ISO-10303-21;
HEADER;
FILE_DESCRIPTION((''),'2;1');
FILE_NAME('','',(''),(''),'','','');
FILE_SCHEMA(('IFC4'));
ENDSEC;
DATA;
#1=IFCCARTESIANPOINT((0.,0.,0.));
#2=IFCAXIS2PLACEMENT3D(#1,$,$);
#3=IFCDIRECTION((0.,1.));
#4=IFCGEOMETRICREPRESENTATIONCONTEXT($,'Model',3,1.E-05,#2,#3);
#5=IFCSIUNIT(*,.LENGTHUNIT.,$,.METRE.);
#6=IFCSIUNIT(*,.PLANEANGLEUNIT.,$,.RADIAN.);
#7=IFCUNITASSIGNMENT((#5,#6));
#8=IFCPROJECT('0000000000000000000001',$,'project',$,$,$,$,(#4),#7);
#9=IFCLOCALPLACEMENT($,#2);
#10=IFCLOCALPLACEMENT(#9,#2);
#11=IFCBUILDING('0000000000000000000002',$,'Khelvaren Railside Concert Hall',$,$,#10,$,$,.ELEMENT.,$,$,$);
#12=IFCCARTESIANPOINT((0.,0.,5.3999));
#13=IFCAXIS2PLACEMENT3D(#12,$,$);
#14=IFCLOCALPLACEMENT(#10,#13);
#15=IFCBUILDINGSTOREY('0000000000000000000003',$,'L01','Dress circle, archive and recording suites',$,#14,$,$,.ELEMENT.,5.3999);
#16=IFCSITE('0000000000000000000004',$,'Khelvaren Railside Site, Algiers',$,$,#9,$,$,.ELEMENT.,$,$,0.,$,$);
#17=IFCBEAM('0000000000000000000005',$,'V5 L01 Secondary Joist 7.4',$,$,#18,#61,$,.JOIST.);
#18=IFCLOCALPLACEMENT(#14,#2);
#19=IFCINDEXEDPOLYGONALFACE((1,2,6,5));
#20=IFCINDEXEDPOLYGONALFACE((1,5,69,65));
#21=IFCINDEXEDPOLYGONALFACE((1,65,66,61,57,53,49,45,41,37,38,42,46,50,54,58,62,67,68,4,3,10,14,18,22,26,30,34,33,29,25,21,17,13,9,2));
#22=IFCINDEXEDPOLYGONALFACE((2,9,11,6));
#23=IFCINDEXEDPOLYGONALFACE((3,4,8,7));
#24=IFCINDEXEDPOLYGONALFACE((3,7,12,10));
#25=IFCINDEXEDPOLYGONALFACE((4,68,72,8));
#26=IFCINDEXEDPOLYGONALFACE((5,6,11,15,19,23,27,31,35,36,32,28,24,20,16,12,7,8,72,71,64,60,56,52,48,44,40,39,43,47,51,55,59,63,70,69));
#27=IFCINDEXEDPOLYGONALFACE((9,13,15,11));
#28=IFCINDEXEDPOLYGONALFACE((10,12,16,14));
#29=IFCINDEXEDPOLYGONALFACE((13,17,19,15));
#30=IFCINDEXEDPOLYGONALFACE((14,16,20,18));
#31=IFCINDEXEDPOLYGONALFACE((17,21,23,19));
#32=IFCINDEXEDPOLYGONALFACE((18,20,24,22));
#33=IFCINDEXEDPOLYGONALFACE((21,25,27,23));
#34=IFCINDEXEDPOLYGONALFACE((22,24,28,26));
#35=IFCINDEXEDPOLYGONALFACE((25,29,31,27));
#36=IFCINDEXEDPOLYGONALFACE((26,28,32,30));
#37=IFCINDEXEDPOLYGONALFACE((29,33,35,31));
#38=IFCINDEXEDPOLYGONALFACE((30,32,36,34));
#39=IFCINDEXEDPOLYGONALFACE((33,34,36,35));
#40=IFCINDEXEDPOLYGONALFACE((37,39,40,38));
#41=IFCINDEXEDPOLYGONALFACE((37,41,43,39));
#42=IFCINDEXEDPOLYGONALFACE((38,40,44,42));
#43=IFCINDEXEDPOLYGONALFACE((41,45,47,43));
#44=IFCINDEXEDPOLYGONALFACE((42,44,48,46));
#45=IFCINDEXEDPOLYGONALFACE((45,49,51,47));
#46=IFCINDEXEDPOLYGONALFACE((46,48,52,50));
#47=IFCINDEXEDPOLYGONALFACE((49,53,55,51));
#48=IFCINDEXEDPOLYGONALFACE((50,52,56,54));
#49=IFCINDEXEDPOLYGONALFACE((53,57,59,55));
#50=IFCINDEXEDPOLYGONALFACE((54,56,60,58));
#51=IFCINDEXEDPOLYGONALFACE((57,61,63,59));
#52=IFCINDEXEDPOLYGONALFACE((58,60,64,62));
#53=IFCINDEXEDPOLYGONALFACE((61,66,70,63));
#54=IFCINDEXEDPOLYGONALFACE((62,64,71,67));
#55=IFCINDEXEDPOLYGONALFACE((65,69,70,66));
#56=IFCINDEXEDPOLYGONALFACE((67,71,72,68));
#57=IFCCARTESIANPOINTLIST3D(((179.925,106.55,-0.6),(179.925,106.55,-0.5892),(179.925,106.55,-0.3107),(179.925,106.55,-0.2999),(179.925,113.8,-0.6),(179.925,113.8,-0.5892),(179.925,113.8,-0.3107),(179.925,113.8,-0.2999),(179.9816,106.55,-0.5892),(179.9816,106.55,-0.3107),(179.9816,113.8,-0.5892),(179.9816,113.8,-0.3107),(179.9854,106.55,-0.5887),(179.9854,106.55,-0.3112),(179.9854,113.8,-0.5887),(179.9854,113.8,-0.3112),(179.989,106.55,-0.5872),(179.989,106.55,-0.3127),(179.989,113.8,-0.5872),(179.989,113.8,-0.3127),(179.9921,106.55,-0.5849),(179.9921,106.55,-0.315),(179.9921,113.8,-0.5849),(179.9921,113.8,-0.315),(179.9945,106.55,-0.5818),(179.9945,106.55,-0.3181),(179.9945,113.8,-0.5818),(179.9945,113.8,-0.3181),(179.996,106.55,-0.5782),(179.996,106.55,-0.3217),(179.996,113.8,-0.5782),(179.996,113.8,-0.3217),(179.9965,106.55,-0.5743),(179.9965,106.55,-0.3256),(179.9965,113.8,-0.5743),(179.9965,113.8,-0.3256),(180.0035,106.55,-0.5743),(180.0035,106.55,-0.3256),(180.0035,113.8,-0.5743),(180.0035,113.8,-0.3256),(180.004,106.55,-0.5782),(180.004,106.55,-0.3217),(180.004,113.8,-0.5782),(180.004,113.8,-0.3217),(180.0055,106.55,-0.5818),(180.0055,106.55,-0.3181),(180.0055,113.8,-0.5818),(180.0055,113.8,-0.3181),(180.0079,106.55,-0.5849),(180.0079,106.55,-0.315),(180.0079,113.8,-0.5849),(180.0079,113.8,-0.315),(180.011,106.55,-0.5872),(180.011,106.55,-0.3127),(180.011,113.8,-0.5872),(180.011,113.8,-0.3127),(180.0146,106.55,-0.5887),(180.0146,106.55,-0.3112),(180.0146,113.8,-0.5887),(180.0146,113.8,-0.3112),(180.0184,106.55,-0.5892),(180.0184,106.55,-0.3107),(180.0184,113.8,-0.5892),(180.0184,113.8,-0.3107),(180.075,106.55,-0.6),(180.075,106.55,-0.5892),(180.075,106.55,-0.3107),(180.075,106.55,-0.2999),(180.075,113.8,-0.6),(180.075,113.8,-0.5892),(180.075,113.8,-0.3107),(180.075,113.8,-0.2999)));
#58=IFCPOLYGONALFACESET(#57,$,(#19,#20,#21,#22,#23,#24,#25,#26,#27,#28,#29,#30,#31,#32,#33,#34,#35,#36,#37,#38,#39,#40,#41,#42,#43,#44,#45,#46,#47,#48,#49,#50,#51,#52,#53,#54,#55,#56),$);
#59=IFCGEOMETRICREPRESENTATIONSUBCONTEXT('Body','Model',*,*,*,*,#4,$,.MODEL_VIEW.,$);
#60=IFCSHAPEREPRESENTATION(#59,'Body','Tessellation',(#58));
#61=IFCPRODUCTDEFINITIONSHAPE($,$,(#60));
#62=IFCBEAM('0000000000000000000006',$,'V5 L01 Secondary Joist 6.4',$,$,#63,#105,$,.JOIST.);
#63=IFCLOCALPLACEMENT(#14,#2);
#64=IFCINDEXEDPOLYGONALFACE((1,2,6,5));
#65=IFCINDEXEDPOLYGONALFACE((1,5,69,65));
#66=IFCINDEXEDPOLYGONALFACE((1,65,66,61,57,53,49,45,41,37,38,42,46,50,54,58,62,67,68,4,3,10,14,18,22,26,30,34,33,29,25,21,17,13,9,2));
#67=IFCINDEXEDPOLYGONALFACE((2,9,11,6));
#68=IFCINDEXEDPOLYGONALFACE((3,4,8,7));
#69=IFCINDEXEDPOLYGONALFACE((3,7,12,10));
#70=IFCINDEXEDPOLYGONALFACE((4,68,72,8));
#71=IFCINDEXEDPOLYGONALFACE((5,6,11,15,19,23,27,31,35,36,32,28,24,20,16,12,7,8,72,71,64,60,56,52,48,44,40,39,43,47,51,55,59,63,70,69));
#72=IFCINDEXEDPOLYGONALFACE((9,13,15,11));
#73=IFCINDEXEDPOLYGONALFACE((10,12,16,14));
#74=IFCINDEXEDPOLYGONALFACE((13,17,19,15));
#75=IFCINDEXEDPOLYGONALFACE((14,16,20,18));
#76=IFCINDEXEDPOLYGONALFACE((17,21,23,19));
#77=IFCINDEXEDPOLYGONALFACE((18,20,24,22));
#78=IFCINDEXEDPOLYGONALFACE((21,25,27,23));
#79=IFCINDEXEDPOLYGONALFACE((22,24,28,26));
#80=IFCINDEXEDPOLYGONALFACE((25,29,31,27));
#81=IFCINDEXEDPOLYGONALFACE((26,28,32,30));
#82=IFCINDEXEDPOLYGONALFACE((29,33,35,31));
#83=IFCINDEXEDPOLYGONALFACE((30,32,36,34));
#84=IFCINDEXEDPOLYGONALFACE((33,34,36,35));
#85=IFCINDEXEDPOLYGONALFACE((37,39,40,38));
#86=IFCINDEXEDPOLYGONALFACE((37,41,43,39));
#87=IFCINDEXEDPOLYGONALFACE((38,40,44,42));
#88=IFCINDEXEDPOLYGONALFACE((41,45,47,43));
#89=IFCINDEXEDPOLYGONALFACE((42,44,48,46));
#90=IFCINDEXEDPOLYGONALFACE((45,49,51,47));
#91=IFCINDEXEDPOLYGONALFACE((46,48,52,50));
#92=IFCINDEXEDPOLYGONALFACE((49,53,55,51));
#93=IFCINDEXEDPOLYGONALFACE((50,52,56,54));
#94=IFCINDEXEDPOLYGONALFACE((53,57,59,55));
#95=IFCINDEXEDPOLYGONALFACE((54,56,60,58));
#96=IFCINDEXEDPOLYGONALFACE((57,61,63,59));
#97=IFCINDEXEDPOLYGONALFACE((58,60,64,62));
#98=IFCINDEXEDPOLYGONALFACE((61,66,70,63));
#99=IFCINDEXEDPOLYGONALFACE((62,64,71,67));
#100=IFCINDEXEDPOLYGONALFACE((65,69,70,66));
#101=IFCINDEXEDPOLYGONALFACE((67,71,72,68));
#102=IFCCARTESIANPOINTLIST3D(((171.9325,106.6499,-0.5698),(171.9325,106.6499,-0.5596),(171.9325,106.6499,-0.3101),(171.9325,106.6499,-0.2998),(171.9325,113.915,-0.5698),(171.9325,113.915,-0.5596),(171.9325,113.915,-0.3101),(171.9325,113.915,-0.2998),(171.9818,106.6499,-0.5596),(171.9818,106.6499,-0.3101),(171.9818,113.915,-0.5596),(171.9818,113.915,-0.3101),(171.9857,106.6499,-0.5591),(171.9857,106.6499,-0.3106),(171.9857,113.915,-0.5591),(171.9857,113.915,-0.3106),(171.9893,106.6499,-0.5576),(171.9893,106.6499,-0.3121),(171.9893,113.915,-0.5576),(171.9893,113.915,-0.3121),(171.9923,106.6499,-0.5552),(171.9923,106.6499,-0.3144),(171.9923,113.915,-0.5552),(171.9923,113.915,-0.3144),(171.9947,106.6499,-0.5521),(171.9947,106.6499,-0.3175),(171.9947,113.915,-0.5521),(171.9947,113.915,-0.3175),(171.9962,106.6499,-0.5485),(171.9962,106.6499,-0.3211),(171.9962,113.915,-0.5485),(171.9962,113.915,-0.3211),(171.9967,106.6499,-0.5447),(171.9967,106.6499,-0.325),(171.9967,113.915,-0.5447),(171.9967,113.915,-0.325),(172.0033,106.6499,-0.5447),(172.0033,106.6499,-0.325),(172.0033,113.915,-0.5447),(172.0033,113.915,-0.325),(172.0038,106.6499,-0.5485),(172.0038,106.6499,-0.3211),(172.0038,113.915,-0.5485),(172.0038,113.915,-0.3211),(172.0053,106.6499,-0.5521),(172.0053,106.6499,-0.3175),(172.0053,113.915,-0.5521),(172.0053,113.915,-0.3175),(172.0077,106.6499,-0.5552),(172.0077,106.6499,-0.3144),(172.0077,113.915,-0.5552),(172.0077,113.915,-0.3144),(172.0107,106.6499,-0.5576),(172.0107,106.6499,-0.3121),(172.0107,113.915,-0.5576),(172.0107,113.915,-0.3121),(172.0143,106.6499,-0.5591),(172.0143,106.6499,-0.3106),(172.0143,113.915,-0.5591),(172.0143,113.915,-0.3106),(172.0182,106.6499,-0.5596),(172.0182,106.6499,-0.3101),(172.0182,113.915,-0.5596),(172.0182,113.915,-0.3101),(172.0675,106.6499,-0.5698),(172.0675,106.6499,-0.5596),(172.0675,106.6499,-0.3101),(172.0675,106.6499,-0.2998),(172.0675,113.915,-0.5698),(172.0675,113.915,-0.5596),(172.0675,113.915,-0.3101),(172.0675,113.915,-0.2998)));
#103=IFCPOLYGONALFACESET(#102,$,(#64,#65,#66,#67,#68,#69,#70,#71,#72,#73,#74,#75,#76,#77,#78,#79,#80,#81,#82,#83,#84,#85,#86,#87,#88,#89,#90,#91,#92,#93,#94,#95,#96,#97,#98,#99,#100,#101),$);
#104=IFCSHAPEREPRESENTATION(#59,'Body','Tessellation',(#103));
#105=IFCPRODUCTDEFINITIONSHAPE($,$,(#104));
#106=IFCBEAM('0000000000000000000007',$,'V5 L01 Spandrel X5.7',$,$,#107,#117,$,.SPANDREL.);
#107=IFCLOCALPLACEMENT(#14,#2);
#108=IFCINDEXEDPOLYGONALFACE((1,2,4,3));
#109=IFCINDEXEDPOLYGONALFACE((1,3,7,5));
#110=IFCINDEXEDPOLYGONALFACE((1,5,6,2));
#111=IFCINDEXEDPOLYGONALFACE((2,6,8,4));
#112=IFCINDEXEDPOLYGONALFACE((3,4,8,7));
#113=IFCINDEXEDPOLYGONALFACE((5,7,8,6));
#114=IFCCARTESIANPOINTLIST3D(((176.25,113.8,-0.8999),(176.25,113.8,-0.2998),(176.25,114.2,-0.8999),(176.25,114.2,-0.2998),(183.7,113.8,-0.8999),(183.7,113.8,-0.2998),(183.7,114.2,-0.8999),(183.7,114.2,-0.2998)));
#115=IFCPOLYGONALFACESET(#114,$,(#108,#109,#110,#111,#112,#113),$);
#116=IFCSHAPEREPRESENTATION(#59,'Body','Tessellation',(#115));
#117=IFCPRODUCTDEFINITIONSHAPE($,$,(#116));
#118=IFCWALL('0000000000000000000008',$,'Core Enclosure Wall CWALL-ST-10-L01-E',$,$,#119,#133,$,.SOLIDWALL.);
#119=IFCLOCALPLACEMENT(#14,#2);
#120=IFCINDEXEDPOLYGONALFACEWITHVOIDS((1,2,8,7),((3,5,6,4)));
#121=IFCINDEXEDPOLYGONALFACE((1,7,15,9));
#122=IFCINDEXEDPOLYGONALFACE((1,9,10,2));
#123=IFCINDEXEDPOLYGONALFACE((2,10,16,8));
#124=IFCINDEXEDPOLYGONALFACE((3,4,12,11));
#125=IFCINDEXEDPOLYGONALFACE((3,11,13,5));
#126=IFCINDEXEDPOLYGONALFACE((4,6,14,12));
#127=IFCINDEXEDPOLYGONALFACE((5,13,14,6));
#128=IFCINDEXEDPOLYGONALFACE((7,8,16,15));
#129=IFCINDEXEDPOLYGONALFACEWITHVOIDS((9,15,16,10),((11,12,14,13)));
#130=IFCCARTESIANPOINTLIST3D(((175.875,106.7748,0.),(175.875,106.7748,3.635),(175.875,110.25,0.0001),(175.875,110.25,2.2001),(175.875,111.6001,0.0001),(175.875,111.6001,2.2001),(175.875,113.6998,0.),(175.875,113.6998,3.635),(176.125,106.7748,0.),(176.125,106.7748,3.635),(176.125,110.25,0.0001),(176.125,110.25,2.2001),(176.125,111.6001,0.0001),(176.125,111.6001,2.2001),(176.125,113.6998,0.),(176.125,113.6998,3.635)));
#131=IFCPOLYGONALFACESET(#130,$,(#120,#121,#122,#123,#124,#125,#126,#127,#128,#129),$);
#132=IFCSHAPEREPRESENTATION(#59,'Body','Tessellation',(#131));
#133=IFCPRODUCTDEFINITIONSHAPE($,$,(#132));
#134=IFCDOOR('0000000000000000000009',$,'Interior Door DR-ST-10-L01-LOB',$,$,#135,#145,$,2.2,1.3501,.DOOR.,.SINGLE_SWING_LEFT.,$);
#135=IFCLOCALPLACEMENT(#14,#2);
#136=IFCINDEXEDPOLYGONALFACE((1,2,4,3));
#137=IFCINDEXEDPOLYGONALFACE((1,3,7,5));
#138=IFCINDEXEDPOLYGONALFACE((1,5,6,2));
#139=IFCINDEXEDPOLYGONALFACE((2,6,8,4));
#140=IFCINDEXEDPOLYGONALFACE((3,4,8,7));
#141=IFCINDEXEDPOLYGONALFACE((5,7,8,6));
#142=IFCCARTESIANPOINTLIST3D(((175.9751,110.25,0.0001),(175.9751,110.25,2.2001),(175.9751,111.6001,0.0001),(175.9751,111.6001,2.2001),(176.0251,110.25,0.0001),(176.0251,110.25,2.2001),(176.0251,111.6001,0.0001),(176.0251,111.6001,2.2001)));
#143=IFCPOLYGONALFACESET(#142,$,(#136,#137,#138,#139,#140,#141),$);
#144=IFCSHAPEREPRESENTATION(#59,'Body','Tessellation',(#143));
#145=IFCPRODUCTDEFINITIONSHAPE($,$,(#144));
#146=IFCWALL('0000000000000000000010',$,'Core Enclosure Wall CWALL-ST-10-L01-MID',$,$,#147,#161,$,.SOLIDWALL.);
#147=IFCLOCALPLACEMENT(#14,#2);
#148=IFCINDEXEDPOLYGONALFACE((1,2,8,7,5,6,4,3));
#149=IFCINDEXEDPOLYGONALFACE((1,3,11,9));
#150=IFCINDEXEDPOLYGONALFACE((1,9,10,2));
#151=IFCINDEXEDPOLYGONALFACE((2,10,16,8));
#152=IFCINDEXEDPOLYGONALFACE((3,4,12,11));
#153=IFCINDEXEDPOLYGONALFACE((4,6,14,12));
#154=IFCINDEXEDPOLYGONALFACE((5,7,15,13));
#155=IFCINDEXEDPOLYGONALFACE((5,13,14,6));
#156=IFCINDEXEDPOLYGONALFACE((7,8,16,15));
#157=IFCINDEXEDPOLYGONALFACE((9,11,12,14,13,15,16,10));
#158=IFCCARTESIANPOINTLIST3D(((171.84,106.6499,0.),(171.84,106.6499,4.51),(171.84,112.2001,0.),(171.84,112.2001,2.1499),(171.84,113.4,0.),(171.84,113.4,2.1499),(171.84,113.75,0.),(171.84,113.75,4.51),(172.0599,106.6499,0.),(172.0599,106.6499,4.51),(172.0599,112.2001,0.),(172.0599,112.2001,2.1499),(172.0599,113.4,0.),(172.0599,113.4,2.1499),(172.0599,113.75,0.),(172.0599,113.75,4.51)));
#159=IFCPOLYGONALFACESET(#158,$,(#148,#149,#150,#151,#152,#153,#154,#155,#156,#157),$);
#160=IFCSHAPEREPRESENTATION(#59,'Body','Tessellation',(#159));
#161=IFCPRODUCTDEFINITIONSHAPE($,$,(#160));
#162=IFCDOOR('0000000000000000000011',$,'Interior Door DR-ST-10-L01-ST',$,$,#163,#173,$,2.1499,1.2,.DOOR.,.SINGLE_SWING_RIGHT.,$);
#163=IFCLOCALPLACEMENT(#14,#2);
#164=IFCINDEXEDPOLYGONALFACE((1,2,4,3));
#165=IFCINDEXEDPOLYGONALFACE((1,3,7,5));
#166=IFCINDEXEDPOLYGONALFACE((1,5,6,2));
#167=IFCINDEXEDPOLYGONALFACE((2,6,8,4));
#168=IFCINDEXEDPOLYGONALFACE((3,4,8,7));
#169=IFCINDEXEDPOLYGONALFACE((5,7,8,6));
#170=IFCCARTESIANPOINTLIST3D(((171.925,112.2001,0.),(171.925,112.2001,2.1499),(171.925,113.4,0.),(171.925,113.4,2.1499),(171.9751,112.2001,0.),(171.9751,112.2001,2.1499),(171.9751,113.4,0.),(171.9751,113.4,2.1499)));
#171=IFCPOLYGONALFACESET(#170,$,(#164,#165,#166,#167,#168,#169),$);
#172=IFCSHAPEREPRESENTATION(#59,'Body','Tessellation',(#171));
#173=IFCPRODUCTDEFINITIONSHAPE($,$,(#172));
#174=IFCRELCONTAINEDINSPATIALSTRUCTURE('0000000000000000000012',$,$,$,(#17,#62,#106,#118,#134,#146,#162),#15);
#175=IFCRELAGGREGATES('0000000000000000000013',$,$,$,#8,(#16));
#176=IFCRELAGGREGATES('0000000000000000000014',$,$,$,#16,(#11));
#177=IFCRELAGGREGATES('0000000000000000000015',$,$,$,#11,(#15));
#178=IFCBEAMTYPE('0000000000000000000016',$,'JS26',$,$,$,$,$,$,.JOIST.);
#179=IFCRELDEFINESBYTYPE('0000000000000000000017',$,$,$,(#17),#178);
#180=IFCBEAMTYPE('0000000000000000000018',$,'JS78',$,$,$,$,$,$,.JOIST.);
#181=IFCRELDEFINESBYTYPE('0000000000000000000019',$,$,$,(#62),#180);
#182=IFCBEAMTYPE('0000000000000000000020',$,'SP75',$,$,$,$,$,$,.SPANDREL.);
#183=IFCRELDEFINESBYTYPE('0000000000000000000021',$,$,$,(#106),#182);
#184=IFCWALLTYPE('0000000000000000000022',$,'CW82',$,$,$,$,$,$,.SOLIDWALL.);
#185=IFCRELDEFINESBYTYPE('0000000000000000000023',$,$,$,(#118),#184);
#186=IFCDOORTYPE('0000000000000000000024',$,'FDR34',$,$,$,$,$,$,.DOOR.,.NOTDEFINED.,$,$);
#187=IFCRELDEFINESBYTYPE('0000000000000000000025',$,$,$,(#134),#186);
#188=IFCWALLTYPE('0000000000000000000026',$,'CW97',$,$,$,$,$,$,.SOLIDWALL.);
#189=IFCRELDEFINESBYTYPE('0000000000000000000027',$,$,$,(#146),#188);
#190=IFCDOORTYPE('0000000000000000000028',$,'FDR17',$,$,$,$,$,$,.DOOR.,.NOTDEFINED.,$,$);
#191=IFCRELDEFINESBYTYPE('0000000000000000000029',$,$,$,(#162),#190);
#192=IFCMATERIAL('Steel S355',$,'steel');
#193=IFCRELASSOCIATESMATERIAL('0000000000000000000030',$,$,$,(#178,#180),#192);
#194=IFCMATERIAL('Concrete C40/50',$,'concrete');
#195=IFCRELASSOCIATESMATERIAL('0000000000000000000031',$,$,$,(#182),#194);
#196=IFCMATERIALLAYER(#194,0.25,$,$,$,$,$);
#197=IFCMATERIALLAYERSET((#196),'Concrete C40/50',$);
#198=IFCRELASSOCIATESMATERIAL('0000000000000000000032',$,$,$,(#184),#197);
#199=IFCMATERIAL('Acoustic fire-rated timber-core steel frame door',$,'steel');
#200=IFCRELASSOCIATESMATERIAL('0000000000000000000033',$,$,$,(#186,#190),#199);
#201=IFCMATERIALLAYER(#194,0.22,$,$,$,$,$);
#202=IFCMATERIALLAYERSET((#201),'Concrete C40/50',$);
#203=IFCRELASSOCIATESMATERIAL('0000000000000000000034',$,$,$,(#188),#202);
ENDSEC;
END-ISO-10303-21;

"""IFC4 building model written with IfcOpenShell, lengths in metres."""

from ifc_helpers import new_model, si_unit, direction, frame, frame_2d, origin, origin_2d, place, context, subcontext, project, spatial, rectangle, i_section, extrude, material, layer, layer_set, material_profile, profile_set, type_object, element, fill, save


model = new_model("IFC4")

# Units and contexts
model_context = context("Model", 3, precision=1e-05, world=origin(), true_north=direction((0.0, 1.0)))
body_context = subcontext(model_context, "Body", "Model", "MODEL_VIEW")
ifc_project = project(units=[si_unit("LENGTHUNIT", "METRE"), si_unit("PLANEANGLEUNIT", "RADIAN")], contexts=[model_context])

# Site, building, storey
site_placement = place(None, origin())
site = spatial("IfcSite", under=ifc_project, at=site_placement, Name="Khelvaren Railside Site, Algiers", CompositionType="ELEMENT", RefElevation=0.0)
building_placement = place(site_placement, origin())
building = spatial("IfcBuilding", under=site, at=building_placement, Name="Khelvaren Railside Concert Hall", CompositionType="ELEMENT")
storey_placement = place(building_placement, frame((0.0, 0.0, 5.3999)))
storey = spatial("IfcBuildingStorey", under=building, at=storey_placement, Name="L01", Description="Dress circle, archive and recording suites", CompositionType="ELEMENT", Elevation=5.3999)

# Beams
ifc_material_1 = material(Name="Steel S355", Category="steel")
ifc_material_profile_1 = material_profile(ifc_material_1, i_section(OverallWidth=0.1499, OverallDepth=0.3, WebThickness=0.0071, FlangeThickness=0.0107, FilletRadius=0.0149, at=origin_2d()), Name="IPE 300")
ifc_profile_set_1 = profile_set([ifc_material_profile_1], Name="Steel S355")
beam_type_1 = type_object("IfcBeamType", Name="JS26", PredefinedType="JOIST", material=ifc_profile_set_1)
beam_1_placement = place(storey_placement, frame((180.0, 106.55, -0.45), z_axis=(0.0, 1.0, 0.0), x_axis=(-1.0, 0.0, 0.0)))
element("IfcBeam", 1, at=beam_1_placement, inside=storey, type_object=beam_type_1, Name="V5 L01 Secondary Joist 7.4", PredefinedType="JOIST", context=body_context, shape_type="SweptSolid", body=[
    extrude(i_section(OverallWidth=0.1499, OverallDepth=0.3, WebThickness=0.0071, FlangeThickness=0.0107, FilletRadius=0.0149, at=origin_2d()), origin(), (0.0, 0.0, 1.0), 7.25),
])
ifc_material_profile_2 = material_profile(ifc_material_1, i_section(OverallWidth=0.135, OverallDepth=0.27, WebThickness=0.0066, FlangeThickness=0.0103, FilletRadius=0.0149, at=origin_2d()), Name="IPE 270")
ifc_profile_set_2 = profile_set([ifc_material_profile_2], Name="Steel S355")
beam_type_2 = type_object("IfcBeamType", Name="JS78", PredefinedType="JOIST", material=ifc_profile_set_2)
beam_2_placement = place(storey_placement, frame((172.0, 106.6499, -0.4348), z_axis=(0.0, 1.0, 0.0), x_axis=(-1.0, 0.0, 0.0)))
element("IfcBeam", 2, at=beam_2_placement, inside=storey, type_object=beam_type_2, Name="V5 L01 Secondary Joist 6.4", PredefinedType="JOIST", context=body_context, shape_type="SweptSolid", body=[
    extrude(i_section(OverallWidth=0.135, OverallDepth=0.27, WebThickness=0.0066, FlangeThickness=0.0103, FilletRadius=0.0149, at=origin_2d()), origin(), (0.0, 0.0, 1.0), 7.2651),
])
ifc_material_2 = material(Name="Concrete C40/50", Category="concrete")
ifc_material_profile_3 = material_profile(ifc_material_2, rectangle(XDim=0.3999, YDim=0.6001, at=origin_2d()), Name="RCB 400x600")
ifc_profile_set_3 = profile_set([ifc_material_profile_3], Name="Concrete C40/50")
beam_type_3 = type_object("IfcBeamType", Name="SP75", PredefinedType="SPANDREL", material=ifc_profile_set_3)
beam_3_placement = place(storey_placement, frame((176.25, 114.0, -0.5999), z_axis=(1.0, 0.0, 0.0), x_axis=(0.0, 1.0, 0.0)))
element("IfcBeam", 3, at=beam_3_placement, inside=storey, type_object=beam_type_3, Name="V5 L01 Spandrel X5.7", PredefinedType="SPANDREL", context=body_context, shape_type="SweptSolid", body=[
    extrude(rectangle(XDim=0.3999, YDim=0.6001, at=origin_2d()), origin(), (0.0, 0.0, 1.0), 7.45),
])

# Walls, openings, doors
ifc_layer_1 = layer(ifc_material_2, 0.25)
ifc_layer_set_1 = layer_set([ifc_layer_1], Name="Concrete C40/50")
wall_type_1 = type_object("IfcWallType", Name="CW82", PredefinedType="SOLIDWALL", material=ifc_layer_set_1)
wall_1_placement = place(storey_placement, frame((176.0, 106.7749, 0.0), z_axis=(0.0, 0.0, 1.0), x_axis=(0.0, 1.0, 0.0)))
wall_1 = element("IfcWall", 4, at=wall_1_placement, inside=storey, type_object=wall_type_1, Name="Core Enclosure Wall CWALL-ST-10-L01-E", PredefinedType="SOLIDWALL", context=body_context, shape_type="SweptSolid", body=[
    extrude(rectangle(XDim=6.925, YDim=0.25, at=frame_2d((3.4624, 0.0))), origin(), (0.0, 0.0, 1.0), 3.635),
])
opening_1_placement = place(wall_1_placement, frame((3.4751, 0.0, 0.0)))
opening_1 = element("IfcOpeningElement", 5, at=opening_1_placement, cuts=wall_1, PredefinedType="OPENING", context=body_context, shape_type="SweptSolid", body=[
    extrude(rectangle(XDim=1.3501, YDim=2.2, at=frame_2d((0.675, 1.1001))), frame((0.0, 0.135, 0.0), z_axis=(0.0, -1.0, 0.0), x_axis=(1.0, 0.0, 0.0)), (0.0, 0.0, 1.0), 0.27),
])
ifc_material_3 = material(Name="Acoustic fire-rated timber-core steel frame door", Category="steel")
door_type_1 = type_object("IfcDoorType", Name="FDR34", OperationType="NOTDEFINED", PredefinedType="DOOR", material=ifc_material_3)
door_1_placement = place(opening_1_placement, origin())
door_1 = element("IfcDoor", 6, at=door_1_placement, inside=storey, type_object=door_type_1, Name="Interior Door DR-ST-10-L01-LOB", OperationType="SINGLE_SWING_LEFT", OverallHeight=2.2, OverallWidth=1.3501, PredefinedType="DOOR", context=body_context, shape_type="SweptSolid", body=[
    extrude(rectangle(XDim=1.3501, YDim=2.2, at=frame_2d((0.675, 1.1001))), frame((0.0, 0.0249, 0.0), z_axis=(0.0, -1.0, 0.0), x_axis=(1.0, 0.0, 0.0)), (0.0, 0.0, 1.0), 0.05),
])
fill(opening_1, door_1)
ifc_layer_2 = layer(ifc_material_2, 0.22)
ifc_layer_set_2 = layer_set([ifc_layer_2], Name="Concrete C40/50")
wall_type_2 = type_object("IfcWallType", Name="CW97", PredefinedType="SOLIDWALL", material=ifc_layer_set_2)
wall_2_placement = place(storey_placement, frame((171.95, 106.6499, 0.0), z_axis=(0.0, 0.0, 1.0), x_axis=(0.0, 1.0, 0.0)))
wall_2 = element("IfcWall", 7, at=wall_2_placement, inside=storey, type_object=wall_type_2, Name="Core Enclosure Wall CWALL-ST-10-L01-MID", PredefinedType="SOLIDWALL", context=body_context, shape_type="SweptSolid", body=[
    extrude(rectangle(XDim=7.1001, YDim=0.22, at=frame_2d((3.55, 0.0))), origin(), (0.0, 0.0, 1.0), 4.51),
])
opening_2_placement = place(wall_2_placement, frame((5.55, 0.0, 0.0)))
opening_2 = element("IfcOpeningElement", 8, at=opening_2_placement, cuts=wall_2, PredefinedType="OPENING", context=body_context, shape_type="SweptSolid", body=[
    extrude(rectangle(XDim=1.2, YDim=2.1499, at=frame_2d((0.6001, 1.075))), frame((0.0, 0.1199, 0.0), z_axis=(0.0, -1.0, 0.0), x_axis=(1.0, 0.0, 0.0)), (0.0, 0.0, 1.0), 0.24),
])
door_type_2 = type_object("IfcDoorType", Name="FDR17", OperationType="NOTDEFINED", PredefinedType="DOOR", material=ifc_material_3)
door_2_placement = place(opening_2_placement, origin())
door_2 = element("IfcDoor", 9, at=door_2_placement, inside=storey, type_object=door_type_2, Name="Interior Door DR-ST-10-L01-ST", OperationType="SINGLE_SWING_RIGHT", OverallHeight=2.1499, OverallWidth=1.2, PredefinedType="DOOR", context=body_context, shape_type="SweptSolid", body=[
    extrude(rectangle(XDim=1.2, YDim=2.1499, at=frame_2d((0.6001, 1.075))), frame((0.0, 0.0249, 0.0), z_axis=(0.0, -1.0, 0.0), x_axis=(1.0, 0.0, 0.0)), (0.0, 0.0, 1.0), 0.05),
])
fill(opening_2, door_2)

save(model, "model.ifc")
